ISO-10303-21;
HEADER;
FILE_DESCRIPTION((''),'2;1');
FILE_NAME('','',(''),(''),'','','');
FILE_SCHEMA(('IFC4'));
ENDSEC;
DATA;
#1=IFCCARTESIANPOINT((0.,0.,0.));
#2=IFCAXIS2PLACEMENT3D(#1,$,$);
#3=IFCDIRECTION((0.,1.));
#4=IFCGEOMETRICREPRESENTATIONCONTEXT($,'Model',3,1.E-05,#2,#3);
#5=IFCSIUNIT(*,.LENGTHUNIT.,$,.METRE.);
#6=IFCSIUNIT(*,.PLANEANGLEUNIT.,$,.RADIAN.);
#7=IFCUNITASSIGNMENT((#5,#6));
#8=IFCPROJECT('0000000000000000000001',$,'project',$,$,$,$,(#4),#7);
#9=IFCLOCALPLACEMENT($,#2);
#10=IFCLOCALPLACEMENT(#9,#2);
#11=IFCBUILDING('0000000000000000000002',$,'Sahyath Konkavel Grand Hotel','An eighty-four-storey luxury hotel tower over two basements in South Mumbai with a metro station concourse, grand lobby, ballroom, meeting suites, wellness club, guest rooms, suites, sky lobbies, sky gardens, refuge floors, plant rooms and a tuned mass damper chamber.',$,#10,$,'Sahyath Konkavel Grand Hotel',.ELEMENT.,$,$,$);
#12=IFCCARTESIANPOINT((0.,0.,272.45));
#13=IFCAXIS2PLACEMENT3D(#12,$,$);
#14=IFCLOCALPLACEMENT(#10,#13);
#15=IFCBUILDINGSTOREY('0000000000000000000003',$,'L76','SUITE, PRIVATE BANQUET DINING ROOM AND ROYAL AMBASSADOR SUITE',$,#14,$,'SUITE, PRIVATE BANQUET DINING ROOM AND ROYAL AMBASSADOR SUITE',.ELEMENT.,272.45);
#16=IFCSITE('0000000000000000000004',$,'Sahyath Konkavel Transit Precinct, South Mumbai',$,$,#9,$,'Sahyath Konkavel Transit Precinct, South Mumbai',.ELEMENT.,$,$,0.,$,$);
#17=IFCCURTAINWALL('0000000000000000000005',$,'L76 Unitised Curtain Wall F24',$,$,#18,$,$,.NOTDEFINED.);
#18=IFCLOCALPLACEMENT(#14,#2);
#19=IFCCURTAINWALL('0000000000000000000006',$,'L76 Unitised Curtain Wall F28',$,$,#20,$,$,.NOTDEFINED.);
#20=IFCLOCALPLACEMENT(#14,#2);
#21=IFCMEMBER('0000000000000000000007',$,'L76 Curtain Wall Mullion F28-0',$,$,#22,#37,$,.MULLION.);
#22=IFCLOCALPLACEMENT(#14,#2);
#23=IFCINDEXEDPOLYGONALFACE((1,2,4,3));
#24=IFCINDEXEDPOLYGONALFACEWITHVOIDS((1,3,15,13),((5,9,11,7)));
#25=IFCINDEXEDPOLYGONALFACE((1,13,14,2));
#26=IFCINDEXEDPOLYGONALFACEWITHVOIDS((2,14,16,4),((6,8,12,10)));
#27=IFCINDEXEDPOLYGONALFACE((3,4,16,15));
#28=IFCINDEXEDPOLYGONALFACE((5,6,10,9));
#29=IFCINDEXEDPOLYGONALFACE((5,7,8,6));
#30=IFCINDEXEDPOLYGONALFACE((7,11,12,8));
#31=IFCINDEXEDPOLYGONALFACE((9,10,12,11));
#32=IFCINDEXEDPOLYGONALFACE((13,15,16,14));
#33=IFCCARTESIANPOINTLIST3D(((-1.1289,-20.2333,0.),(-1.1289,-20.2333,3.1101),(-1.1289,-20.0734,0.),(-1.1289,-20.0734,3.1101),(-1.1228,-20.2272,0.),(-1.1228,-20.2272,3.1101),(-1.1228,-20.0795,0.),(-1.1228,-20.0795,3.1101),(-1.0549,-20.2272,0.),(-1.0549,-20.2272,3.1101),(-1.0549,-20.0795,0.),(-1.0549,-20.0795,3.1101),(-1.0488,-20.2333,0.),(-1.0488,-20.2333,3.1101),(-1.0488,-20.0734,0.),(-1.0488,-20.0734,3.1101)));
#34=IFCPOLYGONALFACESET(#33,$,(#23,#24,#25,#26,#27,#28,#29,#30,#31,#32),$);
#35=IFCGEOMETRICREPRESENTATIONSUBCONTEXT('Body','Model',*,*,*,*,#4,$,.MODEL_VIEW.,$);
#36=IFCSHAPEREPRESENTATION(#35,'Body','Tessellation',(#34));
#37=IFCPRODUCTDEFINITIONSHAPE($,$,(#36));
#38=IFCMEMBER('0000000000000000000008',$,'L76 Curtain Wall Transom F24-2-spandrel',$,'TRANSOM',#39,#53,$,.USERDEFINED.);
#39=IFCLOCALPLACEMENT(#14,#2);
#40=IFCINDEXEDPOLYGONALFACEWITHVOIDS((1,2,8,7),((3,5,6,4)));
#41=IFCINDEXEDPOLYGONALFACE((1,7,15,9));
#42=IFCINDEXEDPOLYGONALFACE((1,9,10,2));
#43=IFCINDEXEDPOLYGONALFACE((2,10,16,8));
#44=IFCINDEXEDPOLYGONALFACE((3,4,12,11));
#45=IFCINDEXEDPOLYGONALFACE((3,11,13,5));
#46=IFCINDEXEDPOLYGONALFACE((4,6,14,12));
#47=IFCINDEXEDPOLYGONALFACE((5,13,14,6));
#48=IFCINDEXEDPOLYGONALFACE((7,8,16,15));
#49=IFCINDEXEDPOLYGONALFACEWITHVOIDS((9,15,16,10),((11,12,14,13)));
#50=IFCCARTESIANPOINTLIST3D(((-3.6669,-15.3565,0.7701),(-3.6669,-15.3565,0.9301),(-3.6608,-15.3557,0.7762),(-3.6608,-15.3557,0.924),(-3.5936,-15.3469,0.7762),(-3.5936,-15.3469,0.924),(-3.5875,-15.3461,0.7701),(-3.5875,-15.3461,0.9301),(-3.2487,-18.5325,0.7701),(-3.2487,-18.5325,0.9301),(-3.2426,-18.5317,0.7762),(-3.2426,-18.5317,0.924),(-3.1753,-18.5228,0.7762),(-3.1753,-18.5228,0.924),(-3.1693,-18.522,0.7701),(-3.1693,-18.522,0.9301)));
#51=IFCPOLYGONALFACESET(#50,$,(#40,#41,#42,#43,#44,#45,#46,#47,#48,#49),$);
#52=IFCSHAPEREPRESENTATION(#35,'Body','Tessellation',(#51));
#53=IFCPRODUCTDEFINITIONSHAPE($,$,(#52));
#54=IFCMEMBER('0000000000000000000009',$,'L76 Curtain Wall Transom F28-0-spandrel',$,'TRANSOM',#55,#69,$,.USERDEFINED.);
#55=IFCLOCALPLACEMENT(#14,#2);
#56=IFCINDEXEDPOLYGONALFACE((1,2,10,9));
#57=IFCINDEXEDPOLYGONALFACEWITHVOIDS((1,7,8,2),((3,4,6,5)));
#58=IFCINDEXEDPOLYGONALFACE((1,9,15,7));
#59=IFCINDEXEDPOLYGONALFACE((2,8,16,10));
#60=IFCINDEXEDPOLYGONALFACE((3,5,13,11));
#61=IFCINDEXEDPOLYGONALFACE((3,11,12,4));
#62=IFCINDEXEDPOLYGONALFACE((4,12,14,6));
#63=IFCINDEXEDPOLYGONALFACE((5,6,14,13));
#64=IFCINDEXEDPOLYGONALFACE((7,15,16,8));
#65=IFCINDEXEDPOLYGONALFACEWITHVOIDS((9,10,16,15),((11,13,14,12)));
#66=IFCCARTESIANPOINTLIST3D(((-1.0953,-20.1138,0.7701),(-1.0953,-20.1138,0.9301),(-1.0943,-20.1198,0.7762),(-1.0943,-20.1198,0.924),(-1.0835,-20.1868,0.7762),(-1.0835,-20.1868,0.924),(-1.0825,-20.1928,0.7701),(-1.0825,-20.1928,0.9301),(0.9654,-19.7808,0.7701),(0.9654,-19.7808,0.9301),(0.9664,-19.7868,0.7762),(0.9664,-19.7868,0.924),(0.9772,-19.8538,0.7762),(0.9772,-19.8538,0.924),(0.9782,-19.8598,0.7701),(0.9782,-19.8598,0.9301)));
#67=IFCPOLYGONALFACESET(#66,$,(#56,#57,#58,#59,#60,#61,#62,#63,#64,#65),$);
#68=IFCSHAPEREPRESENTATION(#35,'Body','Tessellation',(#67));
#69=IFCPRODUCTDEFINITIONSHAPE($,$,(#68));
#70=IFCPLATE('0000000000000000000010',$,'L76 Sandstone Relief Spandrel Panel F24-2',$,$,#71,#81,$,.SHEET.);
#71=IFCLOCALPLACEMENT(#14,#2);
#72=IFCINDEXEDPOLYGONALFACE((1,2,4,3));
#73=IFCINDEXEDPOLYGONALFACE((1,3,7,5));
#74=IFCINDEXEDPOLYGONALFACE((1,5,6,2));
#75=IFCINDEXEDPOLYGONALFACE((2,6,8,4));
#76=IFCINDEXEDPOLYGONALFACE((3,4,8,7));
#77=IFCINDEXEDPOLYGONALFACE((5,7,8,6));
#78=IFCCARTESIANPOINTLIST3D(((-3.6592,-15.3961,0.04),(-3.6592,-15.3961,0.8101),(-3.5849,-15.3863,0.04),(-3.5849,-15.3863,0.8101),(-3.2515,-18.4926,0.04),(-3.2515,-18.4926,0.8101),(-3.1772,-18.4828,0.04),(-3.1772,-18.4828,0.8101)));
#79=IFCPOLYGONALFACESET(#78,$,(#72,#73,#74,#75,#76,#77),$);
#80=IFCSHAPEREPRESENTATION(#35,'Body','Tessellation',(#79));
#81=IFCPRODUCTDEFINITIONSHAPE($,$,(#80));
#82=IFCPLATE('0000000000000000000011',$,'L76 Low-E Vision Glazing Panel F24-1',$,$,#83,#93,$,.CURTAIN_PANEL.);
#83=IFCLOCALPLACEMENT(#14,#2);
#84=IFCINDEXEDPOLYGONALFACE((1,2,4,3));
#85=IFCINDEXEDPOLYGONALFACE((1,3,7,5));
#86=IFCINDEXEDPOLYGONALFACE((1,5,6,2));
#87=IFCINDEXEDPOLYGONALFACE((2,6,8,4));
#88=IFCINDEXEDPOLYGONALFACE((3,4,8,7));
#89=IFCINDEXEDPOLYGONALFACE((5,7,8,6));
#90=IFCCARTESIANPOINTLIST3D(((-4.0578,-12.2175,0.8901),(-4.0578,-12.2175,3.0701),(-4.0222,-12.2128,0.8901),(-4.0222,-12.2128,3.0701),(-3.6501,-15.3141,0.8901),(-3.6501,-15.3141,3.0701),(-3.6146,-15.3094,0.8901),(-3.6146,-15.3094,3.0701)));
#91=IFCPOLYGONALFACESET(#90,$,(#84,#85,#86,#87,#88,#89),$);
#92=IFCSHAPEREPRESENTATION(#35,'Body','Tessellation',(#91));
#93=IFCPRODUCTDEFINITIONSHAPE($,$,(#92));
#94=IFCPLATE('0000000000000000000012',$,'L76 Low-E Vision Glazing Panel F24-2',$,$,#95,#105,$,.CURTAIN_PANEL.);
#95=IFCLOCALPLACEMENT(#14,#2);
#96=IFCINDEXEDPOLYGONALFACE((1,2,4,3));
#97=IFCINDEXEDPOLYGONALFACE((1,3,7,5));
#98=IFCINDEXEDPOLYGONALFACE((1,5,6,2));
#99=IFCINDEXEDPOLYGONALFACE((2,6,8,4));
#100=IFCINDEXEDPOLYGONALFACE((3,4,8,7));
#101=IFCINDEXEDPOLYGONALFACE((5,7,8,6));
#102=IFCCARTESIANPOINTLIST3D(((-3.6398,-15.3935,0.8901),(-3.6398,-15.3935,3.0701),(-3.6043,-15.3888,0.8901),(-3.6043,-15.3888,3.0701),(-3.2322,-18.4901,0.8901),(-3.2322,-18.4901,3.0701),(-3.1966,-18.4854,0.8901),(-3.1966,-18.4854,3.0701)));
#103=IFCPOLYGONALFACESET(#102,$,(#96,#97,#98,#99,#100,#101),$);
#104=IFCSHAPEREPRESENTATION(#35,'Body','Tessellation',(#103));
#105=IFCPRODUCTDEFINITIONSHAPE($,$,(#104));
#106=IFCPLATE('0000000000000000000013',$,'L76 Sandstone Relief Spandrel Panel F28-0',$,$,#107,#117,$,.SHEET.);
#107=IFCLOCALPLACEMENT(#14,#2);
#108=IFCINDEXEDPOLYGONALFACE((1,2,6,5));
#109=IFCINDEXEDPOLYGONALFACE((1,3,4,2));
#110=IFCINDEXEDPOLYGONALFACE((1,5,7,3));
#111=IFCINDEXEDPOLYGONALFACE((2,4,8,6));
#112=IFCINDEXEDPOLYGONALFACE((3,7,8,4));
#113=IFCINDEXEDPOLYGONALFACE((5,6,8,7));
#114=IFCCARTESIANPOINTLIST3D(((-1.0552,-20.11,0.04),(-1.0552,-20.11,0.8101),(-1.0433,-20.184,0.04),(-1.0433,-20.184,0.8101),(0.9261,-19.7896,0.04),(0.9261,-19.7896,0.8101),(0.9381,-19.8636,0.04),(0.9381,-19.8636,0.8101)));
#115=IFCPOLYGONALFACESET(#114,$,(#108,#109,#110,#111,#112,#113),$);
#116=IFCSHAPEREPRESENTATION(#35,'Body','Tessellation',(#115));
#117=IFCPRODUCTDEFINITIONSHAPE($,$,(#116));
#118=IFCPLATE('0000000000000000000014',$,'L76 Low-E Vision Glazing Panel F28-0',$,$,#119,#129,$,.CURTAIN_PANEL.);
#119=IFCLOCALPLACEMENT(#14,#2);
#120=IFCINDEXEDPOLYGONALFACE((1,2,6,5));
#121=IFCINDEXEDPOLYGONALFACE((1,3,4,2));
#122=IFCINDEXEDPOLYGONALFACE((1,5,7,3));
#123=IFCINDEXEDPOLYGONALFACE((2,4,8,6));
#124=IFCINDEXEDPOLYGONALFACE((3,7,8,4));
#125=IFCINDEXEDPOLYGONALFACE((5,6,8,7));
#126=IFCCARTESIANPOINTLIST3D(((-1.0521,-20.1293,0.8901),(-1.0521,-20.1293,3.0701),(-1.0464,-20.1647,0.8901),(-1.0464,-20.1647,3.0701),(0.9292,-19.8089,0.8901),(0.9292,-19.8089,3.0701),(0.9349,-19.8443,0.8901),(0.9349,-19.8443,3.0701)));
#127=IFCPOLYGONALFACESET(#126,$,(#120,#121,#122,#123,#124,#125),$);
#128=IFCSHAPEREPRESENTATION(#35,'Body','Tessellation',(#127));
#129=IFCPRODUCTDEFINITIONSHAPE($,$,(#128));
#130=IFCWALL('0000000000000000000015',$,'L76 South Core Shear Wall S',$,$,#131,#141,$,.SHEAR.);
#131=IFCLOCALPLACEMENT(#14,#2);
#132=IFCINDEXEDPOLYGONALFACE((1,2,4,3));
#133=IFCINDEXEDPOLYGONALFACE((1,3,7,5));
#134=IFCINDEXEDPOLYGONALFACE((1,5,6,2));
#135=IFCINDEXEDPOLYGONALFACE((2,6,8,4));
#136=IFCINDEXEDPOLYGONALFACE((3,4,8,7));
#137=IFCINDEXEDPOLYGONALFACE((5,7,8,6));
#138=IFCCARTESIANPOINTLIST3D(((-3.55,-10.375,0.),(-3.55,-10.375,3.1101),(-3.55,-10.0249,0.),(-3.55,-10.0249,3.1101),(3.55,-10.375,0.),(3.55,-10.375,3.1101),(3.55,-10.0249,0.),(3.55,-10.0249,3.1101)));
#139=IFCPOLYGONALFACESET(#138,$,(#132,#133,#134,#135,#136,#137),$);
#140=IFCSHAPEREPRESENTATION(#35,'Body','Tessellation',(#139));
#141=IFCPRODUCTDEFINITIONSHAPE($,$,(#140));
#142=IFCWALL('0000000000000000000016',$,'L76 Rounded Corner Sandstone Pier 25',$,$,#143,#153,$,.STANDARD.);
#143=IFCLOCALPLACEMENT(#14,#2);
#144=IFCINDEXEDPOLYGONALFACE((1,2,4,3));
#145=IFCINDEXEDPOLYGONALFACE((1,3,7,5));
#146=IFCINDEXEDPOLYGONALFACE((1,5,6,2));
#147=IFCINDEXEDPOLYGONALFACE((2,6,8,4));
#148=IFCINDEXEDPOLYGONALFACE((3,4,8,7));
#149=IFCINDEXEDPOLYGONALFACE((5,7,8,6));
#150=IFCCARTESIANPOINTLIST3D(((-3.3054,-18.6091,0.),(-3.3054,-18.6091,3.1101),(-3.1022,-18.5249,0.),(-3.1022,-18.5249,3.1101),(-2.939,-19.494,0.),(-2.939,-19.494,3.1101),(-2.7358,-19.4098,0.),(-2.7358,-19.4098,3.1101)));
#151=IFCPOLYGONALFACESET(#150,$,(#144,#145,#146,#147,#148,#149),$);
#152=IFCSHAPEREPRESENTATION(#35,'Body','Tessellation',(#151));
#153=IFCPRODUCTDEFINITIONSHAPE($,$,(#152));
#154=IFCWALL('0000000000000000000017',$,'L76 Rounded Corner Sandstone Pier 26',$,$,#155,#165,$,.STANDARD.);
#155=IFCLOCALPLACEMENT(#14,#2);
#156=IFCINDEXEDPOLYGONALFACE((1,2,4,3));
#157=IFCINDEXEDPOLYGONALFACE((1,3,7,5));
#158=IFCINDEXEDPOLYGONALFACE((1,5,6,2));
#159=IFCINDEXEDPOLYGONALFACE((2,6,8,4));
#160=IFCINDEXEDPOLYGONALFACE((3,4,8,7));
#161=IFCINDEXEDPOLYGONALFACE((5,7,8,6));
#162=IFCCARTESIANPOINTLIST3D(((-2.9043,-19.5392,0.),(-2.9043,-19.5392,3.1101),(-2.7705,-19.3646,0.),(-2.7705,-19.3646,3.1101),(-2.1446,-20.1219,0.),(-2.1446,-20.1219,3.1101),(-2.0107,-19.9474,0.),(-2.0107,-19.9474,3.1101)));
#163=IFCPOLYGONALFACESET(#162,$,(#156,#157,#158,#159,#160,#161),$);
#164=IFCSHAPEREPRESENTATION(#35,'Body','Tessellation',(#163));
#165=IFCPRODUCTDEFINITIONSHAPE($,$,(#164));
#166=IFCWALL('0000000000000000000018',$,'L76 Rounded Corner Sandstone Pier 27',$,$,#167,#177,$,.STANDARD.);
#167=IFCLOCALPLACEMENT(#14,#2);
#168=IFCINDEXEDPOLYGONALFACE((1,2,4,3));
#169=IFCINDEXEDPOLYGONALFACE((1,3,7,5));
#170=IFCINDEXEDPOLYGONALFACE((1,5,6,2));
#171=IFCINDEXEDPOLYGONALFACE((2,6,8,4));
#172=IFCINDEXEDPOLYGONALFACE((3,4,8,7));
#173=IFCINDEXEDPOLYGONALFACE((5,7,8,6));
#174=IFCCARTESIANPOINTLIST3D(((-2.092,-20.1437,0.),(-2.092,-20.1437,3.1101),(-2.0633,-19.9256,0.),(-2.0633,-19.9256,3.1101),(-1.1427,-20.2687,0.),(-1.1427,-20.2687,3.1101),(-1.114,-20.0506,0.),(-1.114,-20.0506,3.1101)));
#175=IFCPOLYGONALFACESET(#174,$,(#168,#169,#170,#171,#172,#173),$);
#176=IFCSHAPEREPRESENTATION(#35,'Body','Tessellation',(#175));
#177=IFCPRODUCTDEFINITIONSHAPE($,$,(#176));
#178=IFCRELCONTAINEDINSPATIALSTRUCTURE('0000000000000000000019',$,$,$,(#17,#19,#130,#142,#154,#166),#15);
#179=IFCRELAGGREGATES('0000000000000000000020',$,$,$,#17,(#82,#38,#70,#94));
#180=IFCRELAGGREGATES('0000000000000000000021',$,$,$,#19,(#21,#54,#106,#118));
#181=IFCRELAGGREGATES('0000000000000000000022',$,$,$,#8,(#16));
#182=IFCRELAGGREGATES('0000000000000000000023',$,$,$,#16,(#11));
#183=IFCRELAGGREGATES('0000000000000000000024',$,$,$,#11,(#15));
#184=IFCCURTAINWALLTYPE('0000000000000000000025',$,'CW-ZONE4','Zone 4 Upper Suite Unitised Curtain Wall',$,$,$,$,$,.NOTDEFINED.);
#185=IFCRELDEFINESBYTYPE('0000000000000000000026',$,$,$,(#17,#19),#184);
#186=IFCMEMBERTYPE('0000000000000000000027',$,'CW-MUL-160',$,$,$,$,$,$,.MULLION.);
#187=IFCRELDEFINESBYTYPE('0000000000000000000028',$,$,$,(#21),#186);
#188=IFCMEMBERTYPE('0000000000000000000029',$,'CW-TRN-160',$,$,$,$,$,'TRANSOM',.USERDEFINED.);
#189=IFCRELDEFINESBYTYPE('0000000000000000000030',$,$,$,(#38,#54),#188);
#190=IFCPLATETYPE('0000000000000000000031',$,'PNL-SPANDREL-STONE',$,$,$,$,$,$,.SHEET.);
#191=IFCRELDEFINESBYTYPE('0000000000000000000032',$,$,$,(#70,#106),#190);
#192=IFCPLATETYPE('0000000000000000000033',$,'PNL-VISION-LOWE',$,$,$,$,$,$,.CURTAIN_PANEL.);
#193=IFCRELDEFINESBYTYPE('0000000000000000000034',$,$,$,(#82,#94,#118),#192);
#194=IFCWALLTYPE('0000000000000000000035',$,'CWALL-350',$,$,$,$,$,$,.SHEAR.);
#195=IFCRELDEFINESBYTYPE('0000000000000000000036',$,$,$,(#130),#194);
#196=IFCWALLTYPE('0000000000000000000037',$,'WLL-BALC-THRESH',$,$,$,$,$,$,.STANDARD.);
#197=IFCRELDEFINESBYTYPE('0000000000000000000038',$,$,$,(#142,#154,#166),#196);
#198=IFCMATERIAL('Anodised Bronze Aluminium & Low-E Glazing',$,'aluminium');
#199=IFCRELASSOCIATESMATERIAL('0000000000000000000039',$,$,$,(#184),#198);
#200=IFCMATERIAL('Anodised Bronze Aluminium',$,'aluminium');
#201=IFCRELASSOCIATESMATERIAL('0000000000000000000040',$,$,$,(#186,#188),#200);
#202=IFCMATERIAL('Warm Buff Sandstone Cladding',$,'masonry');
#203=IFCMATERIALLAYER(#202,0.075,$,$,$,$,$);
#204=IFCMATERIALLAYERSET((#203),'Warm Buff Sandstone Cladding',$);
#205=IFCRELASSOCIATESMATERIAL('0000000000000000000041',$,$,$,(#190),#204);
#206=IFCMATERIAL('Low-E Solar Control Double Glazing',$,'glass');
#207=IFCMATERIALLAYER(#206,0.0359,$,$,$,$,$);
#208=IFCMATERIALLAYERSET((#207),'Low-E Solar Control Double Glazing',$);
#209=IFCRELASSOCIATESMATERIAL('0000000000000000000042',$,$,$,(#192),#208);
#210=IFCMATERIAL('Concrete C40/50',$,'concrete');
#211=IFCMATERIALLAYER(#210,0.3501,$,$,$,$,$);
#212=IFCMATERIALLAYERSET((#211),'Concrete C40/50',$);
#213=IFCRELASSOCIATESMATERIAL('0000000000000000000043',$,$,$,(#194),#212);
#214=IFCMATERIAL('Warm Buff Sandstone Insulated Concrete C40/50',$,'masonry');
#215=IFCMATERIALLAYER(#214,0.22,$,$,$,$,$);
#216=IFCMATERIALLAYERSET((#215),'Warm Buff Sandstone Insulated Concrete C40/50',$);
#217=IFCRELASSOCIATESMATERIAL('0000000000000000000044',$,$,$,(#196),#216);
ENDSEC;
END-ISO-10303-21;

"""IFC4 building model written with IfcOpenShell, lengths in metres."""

from ifc_helpers import new_model, si_unit, direction, frame, frame_2d, origin, origin_2d, place, context, subcontext, project, spatial, rectangle, hollow_rectangle, extrude, source, transform, mapped, material, layer, layer_set, material_profile, profile_set, type_object, element, aggregate, save


model = new_model("IFC4")

# Units and contexts
model_context = context("Model", 3, precision=1e-05, world=origin(), true_north=direction((0.0, 1.0)))
body_context = subcontext(model_context, "Body", "Model", "MODEL_VIEW")
ifc_project = project(units=[si_unit("LENGTHUNIT", "METRE"), si_unit("PLANEANGLEUNIT", "RADIAN")], contexts=[model_context])

# Site, building, storey
site_placement = place(None, origin())
site = spatial("IfcSite", under=ifc_project, at=site_placement, Name="Sahyath Konkavel Transit Precinct, South Mumbai", LongName="Sahyath Konkavel Transit Precinct, South Mumbai", CompositionType="ELEMENT", RefElevation=0.0)
building_placement = place(site_placement, origin())
building = spatial("IfcBuilding", under=site, at=building_placement, Name="Sahyath Konkavel Grand Hotel", Description="An eighty-four-storey luxury hotel tower over two basements in South Mumbai with a metro station concourse, grand lobby, ballroom, meeting suites, wellness club, guest rooms, suites, sky lobbies, sky gardens, refuge floors, plant rooms and a tuned mass damper chamber.", LongName="Sahyath Konkavel Grand Hotel", CompositionType="ELEMENT")
storey_placement = place(building_placement, frame((0.0, 0.0, 272.45)))
storey = spatial("IfcBuildingStorey", under=building, at=storey_placement, Name="L76", Description="SUITE, PRIVATE BANQUET DINING ROOM AND ROYAL AMBASSADOR SUITE", LongName="SUITE, PRIVATE BANQUET DINING ROOM AND ROYAL AMBASSADOR SUITE", CompositionType="ELEMENT", Elevation=272.45)

# Shared definitions
ifc_material_1 = material(Name="Concrete C40/50", Category="concrete")

# Curtain wall
ifc_material_2 = material(Name="Anodised Bronze Aluminium & Low-E Glazing", Category="aluminium")
curtain_wall_type = type_object("IfcCurtainWallType", Name="CW-ZONE4", Description="Zone 4 Upper Suite Unitised Curtain Wall", PredefinedType="NOTDEFINED", material=ifc_material_2)
curtain_wall_1_placement = place(storey_placement, origin())
curtain_wall_1 = element("IfcCurtainWall", 1, at=curtain_wall_1_placement, inside=storey, type_object=curtain_wall_type, Name="L76 Unitised Curtain Wall F24", PredefinedType="NOTDEFINED")
ifc_material_3 = material(Name="Anodised Bronze Aluminium", Category="aluminium")
ifc_material_profile_1 = material_profile(ifc_material_3, hollow_rectangle(XDim=0.0801, YDim=0.1599, WallThickness=0.0061, at=origin_2d()), Name="RHS 160x80x6")
ifc_profile_set_1 = profile_set([ifc_material_profile_1], Name="Anodised Bronze Aluminium")
member_type_1 = type_object("IfcMemberType", Name="CW-MUL-160", PredefinedType="MULLION", material=ifc_profile_set_1)
shared_shape_1 = source(origin(), body_context, "Body", "SweptSolid", [
    extrude(hollow_rectangle(XDim=0.0801, YDim=0.1599, WallThickness=0.0061, at=origin_2d()), origin(), (0.0, 0.0, 1.0), 3.1101),
])

# Curtain wall, member
curtain_wall_2_placement = place(storey_placement, origin())
curtain_wall_2 = element("IfcCurtainWall", 2, at=curtain_wall_2_placement, inside=storey, type_object=curtain_wall_type, Name="L76 Unitised Curtain Wall F28", PredefinedType="NOTDEFINED")
member_1_placement = place(storey_placement, frame((-1.0889, -20.1533, 0.0), z_axis=(0.0, 0.0, 1.0), x_axis=(1.0, 0.0, 0.0)))
member_1 = element("IfcMember", 3, at=member_1_placement, type_object=member_type_1, Name="L76 Curtain Wall Mullion F28-0", PredefinedType="MULLION", context=body_context, shape_type="MappedRepresentation", body=[
    mapped(shared_shape_1, transform((0.0, 0.0, 0.0), scale=1.0)),
])

# Members
ifc_material_profile_2 = material_profile(ifc_material_3, hollow_rectangle(XDim=0.0801, YDim=0.1599, WallThickness=0.0061, at=origin_2d()), Name="RHS 160x80x6")
ifc_profile_set_2 = profile_set([ifc_material_profile_2], Name="Anodised Bronze Aluminium")
member_type_2 = type_object("IfcMemberType", Name="CW-TRN-160", ElementType="TRANSOM", PredefinedType="USERDEFINED", material=ifc_profile_set_2)
shared_shape_2 = source(origin(), body_context, "Body", "SweptSolid", [
    extrude(hollow_rectangle(XDim=0.0801, YDim=0.1599, WallThickness=0.0061, at=origin_2d()), origin(), (0.0, 0.0, 1.0), 3.2034),
])
member_2_placement = place(storey_placement, frame((-3.6272, -15.3513, 0.8501), z_axis=(0.130551, -0.991442, 0.0), x_axis=(0.991442, 0.130551, 0.0)))
member_2 = element("IfcMember", 4, at=member_2_placement, type_object=member_type_2, Name="L76 Curtain Wall Transom F24-2-spandrel", ObjectType="TRANSOM", PredefinedType="USERDEFINED", context=body_context, shape_type="MappedRepresentation", body=[
    mapped(shared_shape_2, transform((0.0, 0.0, 0.0), scale=1.0)),
])
shared_shape_3 = source(origin(), body_context, "Body", "SweptSolid", [
    extrude(hollow_rectangle(XDim=0.0801, YDim=0.1599, WallThickness=0.0061, at=origin_2d()), origin(), (0.0, 0.0, 1.0), 2.0874),
])
member_3_placement = place(storey_placement, frame((-1.0889, -20.1533, 0.8501), z_axis=(0.987191, 0.159541, 0.0), x_axis=(-0.159541, 0.987191, 0.0)))
member_3 = element("IfcMember", 5, at=member_3_placement, type_object=member_type_2, Name="L76 Curtain Wall Transom F28-0-spandrel", ObjectType="TRANSOM", PredefinedType="USERDEFINED", context=body_context, shape_type="MappedRepresentation", body=[
    mapped(shared_shape_3, transform((0.0, 0.0, 0.0), scale=1.0)),
])

# Plates
ifc_material_4 = material(Name="Warm Buff Sandstone Cladding", Category="masonry")
ifc_layer_1 = layer(ifc_material_4, 0.075)
ifc_layer_set_1 = layer_set([ifc_layer_1], Name="Warm Buff Sandstone Cladding")
plate_type_1 = type_object("IfcPlateType", Name="PNL-SPANDREL-STONE", PredefinedType="SHEET", material=ifc_layer_set_1)
shared_shape_4 = source(origin(), body_context, "Body", "SweptSolid", [
    extrude(rectangle(XDim=3.1233, YDim=0.075, at=origin_2d()), origin(), (0.0, 0.0, 1.0), 0.77),
])
plate_1_placement = place(storey_placement, frame((-3.4182, -16.9395, 0.04), z_axis=(0.0, 0.0, 1.0), x_axis=(0.130526, -0.991445, 0.0)))
plate_1 = element("IfcPlate", 6, at=plate_1_placement, type_object=plate_type_1, Name="L76 Sandstone Relief Spandrel Panel F24-2", PredefinedType="SHEET", context=body_context, shape_type="MappedRepresentation", body=[
    mapped(shared_shape_4, transform((0.0, 0.0, 0.0), scale=1.0)),
])
ifc_material_5 = material(Name="Low-E Solar Control Double Glazing", Category="glass")
ifc_layer_2 = layer(ifc_material_5, 0.0359)
ifc_layer_set_2 = layer_set([ifc_layer_2], Name="Low-E Solar Control Double Glazing")
plate_type_2 = type_object("IfcPlateType", Name="PNL-VISION-LOWE", PredefinedType="CURTAIN_PANEL", material=ifc_layer_set_2)
shared_shape_5 = source(origin(), body_context, "Body", "SweptSolid", [
    extrude(rectangle(XDim=3.1233, YDim=0.0359, at=origin_2d()), origin(), (0.0, 0.0, 1.0), 2.1799),
])
plate_2_placement = place(storey_placement, frame((-3.8362, -13.7634, 0.8901), z_axis=(0.0, 0.0, 1.0), x_axis=(0.130526, -0.991445, 0.0)))
plate_2 = element("IfcPlate", 7, at=plate_2_placement, type_object=plate_type_2, Name="L76 Low-E Vision Glazing Panel F24-1", PredefinedType="CURTAIN_PANEL", context=body_context, shape_type="MappedRepresentation", body=[
    mapped(shared_shape_5, transform((0.0, 0.0, 0.0), scale=1.0)),
])
plate_3_placement = place(storey_placement, frame((-3.4182, -16.9395, 0.8901), z_axis=(0.0, 0.0, 1.0), x_axis=(0.130526, -0.991445, 0.0)))
plate_3 = element("IfcPlate", 8, at=plate_3_placement, type_object=plate_type_2, Name="L76 Low-E Vision Glazing Panel F24-2", PredefinedType="CURTAIN_PANEL", context=body_context, shape_type="MappedRepresentation", body=[
    mapped(shared_shape_5, transform((0.0, 0.0, 0.0), scale=1.0)),
])
aggregate(curtain_wall_1, [plate_2, member_2, plate_1, plate_3])
shared_shape_6 = source(origin(), body_context, "Body", "SweptSolid", [
    extrude(rectangle(XDim=2.0071, YDim=0.075, at=origin_2d()), origin(), (0.0, 0.0, 1.0), 0.77),
])
plate_4_placement = place(storey_placement, frame((-0.0586, -19.9868, 0.04), z_axis=(0.0, 0.0, 1.0), x_axis=(0.987178, 0.159623, 0.0)))
plate_4 = element("IfcPlate", 9, at=plate_4_placement, type_object=plate_type_1, Name="L76 Sandstone Relief Spandrel Panel F28-0", PredefinedType="SHEET", context=body_context, shape_type="MappedRepresentation", body=[
    mapped(shared_shape_6, transform((0.0, 0.0, 0.0), scale=1.0)),
])
shared_shape_7 = source(origin(), body_context, "Body", "SweptSolid", [
    extrude(rectangle(XDim=2.0071, YDim=0.0359, at=origin_2d()), origin(), (0.0, 0.0, 1.0), 2.1799),
])
plate_5_placement = place(storey_placement, frame((-0.0586, -19.9868, 0.8901), z_axis=(0.0, 0.0, 1.0), x_axis=(0.987178, 0.159623, 0.0)))
plate_5 = element("IfcPlate", 10, at=plate_5_placement, type_object=plate_type_2, Name="L76 Low-E Vision Glazing Panel F28-0", PredefinedType="CURTAIN_PANEL", context=body_context, shape_type="MappedRepresentation", body=[
    mapped(shared_shape_7, transform((0.0, 0.0, 0.0), scale=1.0)),
])
aggregate(curtain_wall_2, [member_1, member_3, plate_4, plate_5])

# Walls
ifc_layer_3 = layer(ifc_material_1, 0.3501)
ifc_layer_set_3 = layer_set([ifc_layer_3], Name="Concrete C40/50")
wall_type_1 = type_object("IfcWallType", Name="CWALL-350", PredefinedType="SHEAR", material=ifc_layer_set_3)
wall_1_placement = place(storey_placement, frame((-3.55, -10.2, 0.0), z_axis=(0.0, 0.0, 1.0), x_axis=(1.0, 0.0, 0.0)))
element("IfcWall", 11, at=wall_1_placement, inside=storey, type_object=wall_type_1, Name="L76 South Core Shear Wall S", PredefinedType="SHEAR", context=body_context, shape_type="SweptSolid", body=[
    extrude(rectangle(XDim=7.1001, YDim=0.3501, at=frame_2d((3.55, 0.0))), origin(), (0.0, 0.0, 1.0), 3.1101),
])
ifc_material_6 = material(Name="Warm Buff Sandstone Insulated Concrete C40/50", Category="masonry")
ifc_layer_4 = layer(ifc_material_6, 0.22)
ifc_layer_set_4 = layer_set([ifc_layer_4], Name="Warm Buff Sandstone Insulated Concrete C40/50")
wall_type_2 = type_object("IfcWallType", Name="WLL-BALC-THRESH", PredefinedType="STANDARD", material=ifc_layer_set_4)
wall_2_placement = place(storey_placement, frame((-3.2039, -18.5669, 0.0), z_axis=(0.0, 0.0, 1.0), x_axis=(0.382569, -0.923927, 0.0)))
element("IfcWall", 12, at=wall_2_placement, inside=storey, type_object=wall_type_2, Name="L76 Rounded Corner Sandstone Pier 25", PredefinedType="STANDARD", context=body_context, shape_type="SweptSolid", body=[
    extrude(rectangle(XDim=0.9578, YDim=0.22, at=frame_2d((0.479, 0.0))), origin(), (0.0, 0.0, 1.0), 3.1101),
])
for number, where, z_axis, x_axis, name in (
    (13, (-2.8374, -19.4519, 0.0), (0.0, 0.0, 1.0), (0.793467, -0.608614, 0.0), "L76 Rounded Corner Sandstone Pier 26"),
    (14, (-2.0776, -20.0347, 0.0), (0.0, 0.0, 1.0), (0.99144, -0.13056, 0.0), "L76 Rounded Corner Sandstone Pier 27"),
):
    element("IfcWall", number, at=place(storey_placement, frame(where, z_axis=z_axis, x_axis=x_axis)), inside=storey, type_object=wall_type_2, Name=name, PredefinedType="STANDARD", context=body_context, shape_type="SweptSolid", body=[
        extrude(rectangle(XDim=0.9575, YDim=0.22, at=frame_2d((0.4788, 0.0))), origin(), (0.0, 0.0, 1.0), 3.1101),
    ])

save(model, "model.ifc")
